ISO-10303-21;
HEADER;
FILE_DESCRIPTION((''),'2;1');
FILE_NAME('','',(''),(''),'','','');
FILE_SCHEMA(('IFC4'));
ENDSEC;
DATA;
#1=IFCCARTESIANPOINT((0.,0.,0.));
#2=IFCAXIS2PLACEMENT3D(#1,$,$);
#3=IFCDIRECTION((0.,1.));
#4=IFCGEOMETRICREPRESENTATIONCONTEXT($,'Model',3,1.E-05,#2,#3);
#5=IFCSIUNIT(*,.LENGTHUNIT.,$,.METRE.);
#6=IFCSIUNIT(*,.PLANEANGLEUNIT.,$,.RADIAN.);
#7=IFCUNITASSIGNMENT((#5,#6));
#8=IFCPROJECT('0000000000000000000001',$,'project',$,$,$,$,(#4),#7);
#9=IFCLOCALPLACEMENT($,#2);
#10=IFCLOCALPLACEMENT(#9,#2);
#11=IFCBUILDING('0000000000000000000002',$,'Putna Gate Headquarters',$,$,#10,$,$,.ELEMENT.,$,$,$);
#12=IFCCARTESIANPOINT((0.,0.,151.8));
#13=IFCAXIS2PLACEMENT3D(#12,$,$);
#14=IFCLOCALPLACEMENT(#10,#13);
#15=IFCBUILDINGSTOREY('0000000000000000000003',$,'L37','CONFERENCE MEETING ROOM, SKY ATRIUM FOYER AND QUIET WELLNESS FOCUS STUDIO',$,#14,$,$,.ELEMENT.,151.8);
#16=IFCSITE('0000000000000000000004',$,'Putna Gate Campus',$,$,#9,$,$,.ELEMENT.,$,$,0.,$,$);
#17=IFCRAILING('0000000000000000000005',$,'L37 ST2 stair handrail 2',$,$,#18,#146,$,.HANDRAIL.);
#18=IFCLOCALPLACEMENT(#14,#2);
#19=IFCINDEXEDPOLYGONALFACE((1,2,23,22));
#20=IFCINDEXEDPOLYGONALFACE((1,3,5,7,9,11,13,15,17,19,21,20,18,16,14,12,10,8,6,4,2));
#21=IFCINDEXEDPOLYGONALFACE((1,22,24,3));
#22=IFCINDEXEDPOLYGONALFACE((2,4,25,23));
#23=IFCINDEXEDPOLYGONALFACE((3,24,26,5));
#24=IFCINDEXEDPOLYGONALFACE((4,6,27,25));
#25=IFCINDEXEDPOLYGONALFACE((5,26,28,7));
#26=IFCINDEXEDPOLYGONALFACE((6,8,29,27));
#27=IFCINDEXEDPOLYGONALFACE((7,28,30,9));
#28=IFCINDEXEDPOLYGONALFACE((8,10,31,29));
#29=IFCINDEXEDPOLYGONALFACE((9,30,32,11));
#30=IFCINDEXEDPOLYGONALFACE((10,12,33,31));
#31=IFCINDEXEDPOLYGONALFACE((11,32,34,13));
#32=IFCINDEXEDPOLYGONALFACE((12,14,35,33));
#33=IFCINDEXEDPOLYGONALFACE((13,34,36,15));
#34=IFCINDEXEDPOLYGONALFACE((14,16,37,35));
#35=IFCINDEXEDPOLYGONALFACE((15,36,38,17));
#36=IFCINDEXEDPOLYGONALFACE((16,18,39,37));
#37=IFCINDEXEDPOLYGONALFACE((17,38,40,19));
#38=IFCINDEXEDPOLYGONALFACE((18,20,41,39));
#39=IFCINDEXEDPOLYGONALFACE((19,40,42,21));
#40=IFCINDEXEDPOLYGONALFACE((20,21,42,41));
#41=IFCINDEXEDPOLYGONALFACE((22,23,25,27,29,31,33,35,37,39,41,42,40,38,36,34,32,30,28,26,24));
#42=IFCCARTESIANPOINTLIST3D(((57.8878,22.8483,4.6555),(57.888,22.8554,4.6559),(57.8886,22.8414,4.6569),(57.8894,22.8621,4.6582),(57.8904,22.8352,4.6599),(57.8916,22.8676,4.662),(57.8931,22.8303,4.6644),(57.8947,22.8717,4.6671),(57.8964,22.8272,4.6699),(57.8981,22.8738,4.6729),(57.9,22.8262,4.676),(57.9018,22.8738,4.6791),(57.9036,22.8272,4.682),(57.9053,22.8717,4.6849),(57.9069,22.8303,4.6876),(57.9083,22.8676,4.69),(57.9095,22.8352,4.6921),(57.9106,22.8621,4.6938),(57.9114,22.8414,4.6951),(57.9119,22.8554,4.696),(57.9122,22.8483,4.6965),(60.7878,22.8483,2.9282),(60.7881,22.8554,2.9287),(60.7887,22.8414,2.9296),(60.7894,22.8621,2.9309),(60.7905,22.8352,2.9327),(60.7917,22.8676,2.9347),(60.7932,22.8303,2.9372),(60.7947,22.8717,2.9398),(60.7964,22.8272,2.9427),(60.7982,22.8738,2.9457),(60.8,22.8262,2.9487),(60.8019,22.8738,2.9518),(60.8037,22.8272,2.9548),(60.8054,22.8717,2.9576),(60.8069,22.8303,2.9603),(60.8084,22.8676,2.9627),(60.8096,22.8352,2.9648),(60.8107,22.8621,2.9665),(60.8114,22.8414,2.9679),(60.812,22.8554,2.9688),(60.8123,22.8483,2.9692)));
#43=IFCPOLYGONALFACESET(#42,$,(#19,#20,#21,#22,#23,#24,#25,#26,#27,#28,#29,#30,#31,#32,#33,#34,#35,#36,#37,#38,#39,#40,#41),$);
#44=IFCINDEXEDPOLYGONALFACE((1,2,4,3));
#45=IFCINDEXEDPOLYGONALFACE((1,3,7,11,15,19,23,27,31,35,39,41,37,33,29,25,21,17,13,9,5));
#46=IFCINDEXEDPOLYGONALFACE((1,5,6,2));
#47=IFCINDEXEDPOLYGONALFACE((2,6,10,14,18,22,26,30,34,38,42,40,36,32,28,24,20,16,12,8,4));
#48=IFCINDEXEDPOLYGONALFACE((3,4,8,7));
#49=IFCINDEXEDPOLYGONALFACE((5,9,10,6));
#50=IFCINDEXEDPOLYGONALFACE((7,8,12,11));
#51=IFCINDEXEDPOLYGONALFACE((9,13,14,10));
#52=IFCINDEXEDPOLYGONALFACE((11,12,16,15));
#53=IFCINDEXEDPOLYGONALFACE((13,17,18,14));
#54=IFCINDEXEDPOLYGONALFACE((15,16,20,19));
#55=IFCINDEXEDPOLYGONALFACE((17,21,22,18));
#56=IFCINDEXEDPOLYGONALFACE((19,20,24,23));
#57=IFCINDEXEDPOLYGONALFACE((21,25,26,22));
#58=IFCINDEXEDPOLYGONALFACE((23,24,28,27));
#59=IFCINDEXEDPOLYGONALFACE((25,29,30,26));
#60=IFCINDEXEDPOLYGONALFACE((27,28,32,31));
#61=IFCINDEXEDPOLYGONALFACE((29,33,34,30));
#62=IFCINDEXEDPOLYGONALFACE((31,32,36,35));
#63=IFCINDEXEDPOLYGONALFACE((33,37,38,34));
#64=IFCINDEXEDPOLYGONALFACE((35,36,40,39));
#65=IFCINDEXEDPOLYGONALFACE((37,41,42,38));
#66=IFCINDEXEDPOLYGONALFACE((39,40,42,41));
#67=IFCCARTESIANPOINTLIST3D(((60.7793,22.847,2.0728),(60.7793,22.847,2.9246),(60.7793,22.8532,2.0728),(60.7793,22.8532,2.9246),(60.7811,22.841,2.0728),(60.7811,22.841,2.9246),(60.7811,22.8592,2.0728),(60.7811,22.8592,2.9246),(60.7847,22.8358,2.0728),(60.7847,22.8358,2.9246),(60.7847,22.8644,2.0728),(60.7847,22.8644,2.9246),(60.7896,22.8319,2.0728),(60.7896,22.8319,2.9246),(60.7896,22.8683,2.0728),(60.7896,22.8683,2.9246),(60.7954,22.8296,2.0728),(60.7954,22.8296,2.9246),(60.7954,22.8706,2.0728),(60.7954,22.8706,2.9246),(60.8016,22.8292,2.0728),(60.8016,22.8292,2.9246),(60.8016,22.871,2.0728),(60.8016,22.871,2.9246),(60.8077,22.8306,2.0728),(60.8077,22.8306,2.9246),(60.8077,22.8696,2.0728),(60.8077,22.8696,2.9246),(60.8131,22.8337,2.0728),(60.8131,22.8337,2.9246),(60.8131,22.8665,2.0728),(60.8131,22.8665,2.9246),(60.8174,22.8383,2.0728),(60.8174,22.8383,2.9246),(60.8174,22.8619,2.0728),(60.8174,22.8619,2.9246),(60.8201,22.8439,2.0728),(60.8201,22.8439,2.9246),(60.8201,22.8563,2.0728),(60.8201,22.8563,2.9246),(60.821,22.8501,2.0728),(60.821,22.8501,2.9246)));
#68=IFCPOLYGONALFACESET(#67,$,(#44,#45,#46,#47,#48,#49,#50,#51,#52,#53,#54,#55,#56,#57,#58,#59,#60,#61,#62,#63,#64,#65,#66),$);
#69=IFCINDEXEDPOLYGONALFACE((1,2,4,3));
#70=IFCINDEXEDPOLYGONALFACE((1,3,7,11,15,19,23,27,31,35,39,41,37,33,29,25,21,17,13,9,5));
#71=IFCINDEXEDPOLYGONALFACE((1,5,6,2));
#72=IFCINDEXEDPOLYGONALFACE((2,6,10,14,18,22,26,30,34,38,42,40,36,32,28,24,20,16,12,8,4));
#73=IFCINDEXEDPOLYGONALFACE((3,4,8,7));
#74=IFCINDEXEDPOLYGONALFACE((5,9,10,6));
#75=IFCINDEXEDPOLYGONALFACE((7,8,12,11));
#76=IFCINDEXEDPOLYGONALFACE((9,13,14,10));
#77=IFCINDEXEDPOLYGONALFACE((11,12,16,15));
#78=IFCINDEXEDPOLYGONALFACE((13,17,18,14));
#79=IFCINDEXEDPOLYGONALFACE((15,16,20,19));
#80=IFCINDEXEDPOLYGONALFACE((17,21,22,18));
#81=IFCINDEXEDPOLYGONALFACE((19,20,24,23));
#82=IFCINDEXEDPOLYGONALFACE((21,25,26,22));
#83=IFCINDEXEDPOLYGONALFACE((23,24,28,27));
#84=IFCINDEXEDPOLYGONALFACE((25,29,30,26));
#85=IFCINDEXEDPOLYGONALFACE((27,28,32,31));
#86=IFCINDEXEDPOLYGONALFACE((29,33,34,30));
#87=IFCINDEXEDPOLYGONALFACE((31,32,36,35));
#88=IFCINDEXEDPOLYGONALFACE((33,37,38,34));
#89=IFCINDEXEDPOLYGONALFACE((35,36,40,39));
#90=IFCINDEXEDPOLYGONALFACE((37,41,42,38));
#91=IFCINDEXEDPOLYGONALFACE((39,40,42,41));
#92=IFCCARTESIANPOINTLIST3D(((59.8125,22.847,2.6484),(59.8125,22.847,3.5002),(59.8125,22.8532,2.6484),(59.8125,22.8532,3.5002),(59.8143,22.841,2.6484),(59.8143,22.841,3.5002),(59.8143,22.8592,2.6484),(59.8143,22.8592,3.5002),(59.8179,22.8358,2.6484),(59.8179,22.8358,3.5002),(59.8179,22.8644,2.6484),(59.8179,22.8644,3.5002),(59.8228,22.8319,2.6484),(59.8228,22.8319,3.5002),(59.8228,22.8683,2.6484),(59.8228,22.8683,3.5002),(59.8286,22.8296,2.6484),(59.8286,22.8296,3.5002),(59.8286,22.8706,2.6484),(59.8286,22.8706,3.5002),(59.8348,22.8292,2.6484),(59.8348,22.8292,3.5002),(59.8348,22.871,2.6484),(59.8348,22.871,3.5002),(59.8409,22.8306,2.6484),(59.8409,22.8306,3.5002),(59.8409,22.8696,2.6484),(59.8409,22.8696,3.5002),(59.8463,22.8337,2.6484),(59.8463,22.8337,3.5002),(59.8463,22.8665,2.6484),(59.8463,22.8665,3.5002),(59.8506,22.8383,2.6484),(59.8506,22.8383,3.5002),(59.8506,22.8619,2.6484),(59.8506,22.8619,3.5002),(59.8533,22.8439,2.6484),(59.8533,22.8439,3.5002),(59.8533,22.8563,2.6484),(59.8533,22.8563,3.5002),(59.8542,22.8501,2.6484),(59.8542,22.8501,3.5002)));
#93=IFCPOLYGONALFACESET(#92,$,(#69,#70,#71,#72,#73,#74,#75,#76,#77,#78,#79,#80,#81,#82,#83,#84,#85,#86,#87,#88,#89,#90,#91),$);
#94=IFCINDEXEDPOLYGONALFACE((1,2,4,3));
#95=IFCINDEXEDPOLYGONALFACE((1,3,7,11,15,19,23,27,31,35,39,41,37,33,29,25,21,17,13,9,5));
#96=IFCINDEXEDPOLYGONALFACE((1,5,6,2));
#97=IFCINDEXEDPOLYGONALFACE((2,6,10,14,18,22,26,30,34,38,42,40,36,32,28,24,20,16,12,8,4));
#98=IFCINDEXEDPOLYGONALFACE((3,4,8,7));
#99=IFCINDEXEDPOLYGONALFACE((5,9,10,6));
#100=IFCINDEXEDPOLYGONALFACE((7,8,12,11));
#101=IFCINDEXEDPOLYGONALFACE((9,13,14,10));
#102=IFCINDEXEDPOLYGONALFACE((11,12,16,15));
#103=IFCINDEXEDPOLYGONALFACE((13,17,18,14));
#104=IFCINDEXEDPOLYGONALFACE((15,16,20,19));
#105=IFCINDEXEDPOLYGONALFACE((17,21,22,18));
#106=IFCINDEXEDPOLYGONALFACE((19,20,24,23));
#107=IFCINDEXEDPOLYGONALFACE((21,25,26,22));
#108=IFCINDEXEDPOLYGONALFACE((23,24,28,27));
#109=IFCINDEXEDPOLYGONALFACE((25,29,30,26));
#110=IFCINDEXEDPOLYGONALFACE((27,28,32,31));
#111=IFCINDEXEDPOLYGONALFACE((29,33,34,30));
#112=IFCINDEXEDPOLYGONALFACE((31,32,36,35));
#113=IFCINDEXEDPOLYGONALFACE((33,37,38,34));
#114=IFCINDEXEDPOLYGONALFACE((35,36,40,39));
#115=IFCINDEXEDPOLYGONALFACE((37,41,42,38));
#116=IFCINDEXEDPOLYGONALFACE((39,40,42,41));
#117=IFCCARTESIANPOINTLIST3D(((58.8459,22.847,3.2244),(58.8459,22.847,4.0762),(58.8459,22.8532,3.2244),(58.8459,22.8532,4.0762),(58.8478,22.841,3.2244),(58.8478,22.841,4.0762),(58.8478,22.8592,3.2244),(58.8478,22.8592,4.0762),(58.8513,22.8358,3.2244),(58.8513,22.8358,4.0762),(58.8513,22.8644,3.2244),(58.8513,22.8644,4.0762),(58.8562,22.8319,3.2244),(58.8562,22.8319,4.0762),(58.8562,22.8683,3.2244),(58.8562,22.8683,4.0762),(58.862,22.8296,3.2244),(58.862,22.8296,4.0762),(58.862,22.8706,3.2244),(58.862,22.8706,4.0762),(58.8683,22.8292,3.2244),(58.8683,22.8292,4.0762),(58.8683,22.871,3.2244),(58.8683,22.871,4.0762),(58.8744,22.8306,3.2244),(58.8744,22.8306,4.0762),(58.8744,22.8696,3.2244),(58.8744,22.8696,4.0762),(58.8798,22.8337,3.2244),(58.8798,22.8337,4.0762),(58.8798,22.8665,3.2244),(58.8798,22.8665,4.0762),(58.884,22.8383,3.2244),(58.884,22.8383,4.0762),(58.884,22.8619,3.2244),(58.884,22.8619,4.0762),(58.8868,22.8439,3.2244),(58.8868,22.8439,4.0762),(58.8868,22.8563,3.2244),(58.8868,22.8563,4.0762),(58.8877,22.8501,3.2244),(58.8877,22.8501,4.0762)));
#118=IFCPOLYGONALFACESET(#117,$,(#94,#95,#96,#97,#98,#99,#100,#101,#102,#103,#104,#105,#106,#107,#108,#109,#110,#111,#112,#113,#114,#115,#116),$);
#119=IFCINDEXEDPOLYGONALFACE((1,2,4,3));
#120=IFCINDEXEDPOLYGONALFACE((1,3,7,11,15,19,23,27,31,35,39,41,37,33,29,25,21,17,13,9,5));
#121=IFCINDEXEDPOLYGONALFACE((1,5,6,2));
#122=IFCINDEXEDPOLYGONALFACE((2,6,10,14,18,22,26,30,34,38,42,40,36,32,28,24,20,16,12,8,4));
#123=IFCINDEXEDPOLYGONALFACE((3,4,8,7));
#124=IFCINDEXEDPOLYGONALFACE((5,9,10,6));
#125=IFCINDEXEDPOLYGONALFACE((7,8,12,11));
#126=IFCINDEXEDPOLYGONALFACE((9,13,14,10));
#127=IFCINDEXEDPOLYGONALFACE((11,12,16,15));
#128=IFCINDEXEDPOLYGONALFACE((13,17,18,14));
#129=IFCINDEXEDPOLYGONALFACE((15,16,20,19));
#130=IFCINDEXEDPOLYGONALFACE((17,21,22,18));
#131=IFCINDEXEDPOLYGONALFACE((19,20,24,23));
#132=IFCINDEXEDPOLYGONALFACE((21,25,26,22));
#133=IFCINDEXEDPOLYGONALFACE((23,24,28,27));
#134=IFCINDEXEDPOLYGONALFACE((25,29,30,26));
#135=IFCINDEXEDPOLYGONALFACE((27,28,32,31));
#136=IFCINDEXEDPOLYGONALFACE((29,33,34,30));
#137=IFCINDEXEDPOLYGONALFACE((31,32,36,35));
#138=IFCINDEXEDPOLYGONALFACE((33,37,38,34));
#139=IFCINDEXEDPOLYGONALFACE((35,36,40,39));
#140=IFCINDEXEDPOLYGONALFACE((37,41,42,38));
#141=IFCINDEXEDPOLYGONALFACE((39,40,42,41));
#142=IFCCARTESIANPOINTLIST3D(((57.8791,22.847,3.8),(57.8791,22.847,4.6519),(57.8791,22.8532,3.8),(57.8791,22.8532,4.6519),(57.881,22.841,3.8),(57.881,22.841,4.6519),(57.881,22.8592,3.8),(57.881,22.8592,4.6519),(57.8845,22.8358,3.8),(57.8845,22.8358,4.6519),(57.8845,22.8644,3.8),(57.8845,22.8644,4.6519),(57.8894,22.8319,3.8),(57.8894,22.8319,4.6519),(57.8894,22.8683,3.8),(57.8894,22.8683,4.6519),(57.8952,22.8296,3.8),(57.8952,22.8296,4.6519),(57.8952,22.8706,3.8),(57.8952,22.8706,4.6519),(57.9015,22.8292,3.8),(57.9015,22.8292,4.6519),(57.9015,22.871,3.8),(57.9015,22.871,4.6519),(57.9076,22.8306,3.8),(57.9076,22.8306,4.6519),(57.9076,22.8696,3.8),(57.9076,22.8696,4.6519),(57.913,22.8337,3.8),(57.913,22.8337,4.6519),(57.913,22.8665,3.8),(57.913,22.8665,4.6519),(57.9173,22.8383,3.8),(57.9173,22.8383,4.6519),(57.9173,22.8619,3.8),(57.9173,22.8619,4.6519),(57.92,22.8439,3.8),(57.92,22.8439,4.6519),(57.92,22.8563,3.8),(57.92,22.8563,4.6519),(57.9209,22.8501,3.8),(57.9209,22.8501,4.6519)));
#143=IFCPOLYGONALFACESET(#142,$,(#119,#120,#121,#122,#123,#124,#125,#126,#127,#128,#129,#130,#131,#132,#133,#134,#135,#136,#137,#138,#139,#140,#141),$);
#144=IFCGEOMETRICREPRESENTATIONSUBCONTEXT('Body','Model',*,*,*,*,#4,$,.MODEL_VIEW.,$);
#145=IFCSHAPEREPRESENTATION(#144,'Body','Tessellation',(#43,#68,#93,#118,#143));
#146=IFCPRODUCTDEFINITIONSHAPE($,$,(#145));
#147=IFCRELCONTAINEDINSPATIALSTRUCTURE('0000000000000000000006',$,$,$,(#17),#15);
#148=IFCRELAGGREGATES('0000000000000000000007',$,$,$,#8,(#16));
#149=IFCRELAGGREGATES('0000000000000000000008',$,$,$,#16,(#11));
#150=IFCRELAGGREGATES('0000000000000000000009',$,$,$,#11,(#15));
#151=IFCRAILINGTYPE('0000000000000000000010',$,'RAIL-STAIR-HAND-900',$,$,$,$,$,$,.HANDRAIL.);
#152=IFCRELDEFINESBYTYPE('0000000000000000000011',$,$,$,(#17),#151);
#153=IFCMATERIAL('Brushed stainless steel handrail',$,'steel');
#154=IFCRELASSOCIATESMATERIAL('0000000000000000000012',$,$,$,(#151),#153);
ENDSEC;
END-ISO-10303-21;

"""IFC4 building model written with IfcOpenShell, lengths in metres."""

from ifc_helpers import new_model, si_unit, direction, frame, origin, origin_2d, place, context, subcontext, project, spatial, circle, extrude, material, type_object, element, save


model = new_model("IFC4")

# Units and contexts
model_context = context("Model", 3, precision=1e-05, world=origin(), true_north=direction((0.0, 1.0)))
body_context = subcontext(model_context, "Body", "Model", "MODEL_VIEW")
ifc_project = project(units=[si_unit("LENGTHUNIT", "METRE"), si_unit("PLANEANGLEUNIT", "RADIAN")], contexts=[model_context])

# Site, building, storey
site_placement = place(None, origin())
site = spatial("IfcSite", under=ifc_project, at=site_placement, Name="Putna Gate Campus", CompositionType="ELEMENT", RefElevation=0.0)
building_placement = place(site_placement, origin())
building = spatial("IfcBuilding", under=site, at=building_placement, Name="Putna Gate Headquarters", CompositionType="ELEMENT")
storey_placement = place(building_placement, frame((0.0, 0.0, 151.8)))
storey = spatial("IfcBuildingStorey", under=building, at=storey_placement, Name="L37", Description="CONFERENCE MEETING ROOM, SKY ATRIUM FOYER AND QUIET WELLNESS FOCUS STUDIO", CompositionType="ELEMENT", Elevation=151.8)

# Railing
ifc_material_1 = material(Name="Brushed stainless steel handrail", Category="steel")
railing_type_1 = type_object("IfcRailingType", Name="RAIL-STAIR-HAND-900", PredefinedType="HANDRAIL", material=ifc_material_1)
railing_1_placement = place(storey_placement, frame((60.8, 22.8501, 2.0728)))
element("IfcRailing", 1, at=railing_1_placement, inside=storey, type_object=railing_type_1, Name="L37 ST2 stair handrail 2", PredefinedType="HANDRAIL", context=body_context, shape_type="SweptSolid", body=[
    extrude(circle(Radius=0.0239, at=origin_2d()), frame((0.0, 0.0, 0.876), z_axis=(-0.85916, 0.0, 0.511706), x_axis=(0.0, -1.0, 0.0)), (0.0, 0.0, 1.0), 3.3755),
    extrude(circle(Radius=0.021, at=origin_2d()), origin(), (0.0, 0.0, 1.0), 0.8518),
    extrude(circle(Radius=0.021, at=origin_2d()), frame((-0.9668, 0.0, 0.5757)), (0.0, 0.0, 1.0), 0.8518),
    extrude(circle(Radius=0.021, at=origin_2d()), frame((-1.9333, 0.0, 1.1516)), (0.0, 0.0, 1.0), 0.8518),
    extrude(circle(Radius=0.021, at=origin_2d()), frame((-2.9001, 0.0, 1.7273)), (0.0, 0.0, 1.0), 0.8518),
])

save(model, "model.ifc")
